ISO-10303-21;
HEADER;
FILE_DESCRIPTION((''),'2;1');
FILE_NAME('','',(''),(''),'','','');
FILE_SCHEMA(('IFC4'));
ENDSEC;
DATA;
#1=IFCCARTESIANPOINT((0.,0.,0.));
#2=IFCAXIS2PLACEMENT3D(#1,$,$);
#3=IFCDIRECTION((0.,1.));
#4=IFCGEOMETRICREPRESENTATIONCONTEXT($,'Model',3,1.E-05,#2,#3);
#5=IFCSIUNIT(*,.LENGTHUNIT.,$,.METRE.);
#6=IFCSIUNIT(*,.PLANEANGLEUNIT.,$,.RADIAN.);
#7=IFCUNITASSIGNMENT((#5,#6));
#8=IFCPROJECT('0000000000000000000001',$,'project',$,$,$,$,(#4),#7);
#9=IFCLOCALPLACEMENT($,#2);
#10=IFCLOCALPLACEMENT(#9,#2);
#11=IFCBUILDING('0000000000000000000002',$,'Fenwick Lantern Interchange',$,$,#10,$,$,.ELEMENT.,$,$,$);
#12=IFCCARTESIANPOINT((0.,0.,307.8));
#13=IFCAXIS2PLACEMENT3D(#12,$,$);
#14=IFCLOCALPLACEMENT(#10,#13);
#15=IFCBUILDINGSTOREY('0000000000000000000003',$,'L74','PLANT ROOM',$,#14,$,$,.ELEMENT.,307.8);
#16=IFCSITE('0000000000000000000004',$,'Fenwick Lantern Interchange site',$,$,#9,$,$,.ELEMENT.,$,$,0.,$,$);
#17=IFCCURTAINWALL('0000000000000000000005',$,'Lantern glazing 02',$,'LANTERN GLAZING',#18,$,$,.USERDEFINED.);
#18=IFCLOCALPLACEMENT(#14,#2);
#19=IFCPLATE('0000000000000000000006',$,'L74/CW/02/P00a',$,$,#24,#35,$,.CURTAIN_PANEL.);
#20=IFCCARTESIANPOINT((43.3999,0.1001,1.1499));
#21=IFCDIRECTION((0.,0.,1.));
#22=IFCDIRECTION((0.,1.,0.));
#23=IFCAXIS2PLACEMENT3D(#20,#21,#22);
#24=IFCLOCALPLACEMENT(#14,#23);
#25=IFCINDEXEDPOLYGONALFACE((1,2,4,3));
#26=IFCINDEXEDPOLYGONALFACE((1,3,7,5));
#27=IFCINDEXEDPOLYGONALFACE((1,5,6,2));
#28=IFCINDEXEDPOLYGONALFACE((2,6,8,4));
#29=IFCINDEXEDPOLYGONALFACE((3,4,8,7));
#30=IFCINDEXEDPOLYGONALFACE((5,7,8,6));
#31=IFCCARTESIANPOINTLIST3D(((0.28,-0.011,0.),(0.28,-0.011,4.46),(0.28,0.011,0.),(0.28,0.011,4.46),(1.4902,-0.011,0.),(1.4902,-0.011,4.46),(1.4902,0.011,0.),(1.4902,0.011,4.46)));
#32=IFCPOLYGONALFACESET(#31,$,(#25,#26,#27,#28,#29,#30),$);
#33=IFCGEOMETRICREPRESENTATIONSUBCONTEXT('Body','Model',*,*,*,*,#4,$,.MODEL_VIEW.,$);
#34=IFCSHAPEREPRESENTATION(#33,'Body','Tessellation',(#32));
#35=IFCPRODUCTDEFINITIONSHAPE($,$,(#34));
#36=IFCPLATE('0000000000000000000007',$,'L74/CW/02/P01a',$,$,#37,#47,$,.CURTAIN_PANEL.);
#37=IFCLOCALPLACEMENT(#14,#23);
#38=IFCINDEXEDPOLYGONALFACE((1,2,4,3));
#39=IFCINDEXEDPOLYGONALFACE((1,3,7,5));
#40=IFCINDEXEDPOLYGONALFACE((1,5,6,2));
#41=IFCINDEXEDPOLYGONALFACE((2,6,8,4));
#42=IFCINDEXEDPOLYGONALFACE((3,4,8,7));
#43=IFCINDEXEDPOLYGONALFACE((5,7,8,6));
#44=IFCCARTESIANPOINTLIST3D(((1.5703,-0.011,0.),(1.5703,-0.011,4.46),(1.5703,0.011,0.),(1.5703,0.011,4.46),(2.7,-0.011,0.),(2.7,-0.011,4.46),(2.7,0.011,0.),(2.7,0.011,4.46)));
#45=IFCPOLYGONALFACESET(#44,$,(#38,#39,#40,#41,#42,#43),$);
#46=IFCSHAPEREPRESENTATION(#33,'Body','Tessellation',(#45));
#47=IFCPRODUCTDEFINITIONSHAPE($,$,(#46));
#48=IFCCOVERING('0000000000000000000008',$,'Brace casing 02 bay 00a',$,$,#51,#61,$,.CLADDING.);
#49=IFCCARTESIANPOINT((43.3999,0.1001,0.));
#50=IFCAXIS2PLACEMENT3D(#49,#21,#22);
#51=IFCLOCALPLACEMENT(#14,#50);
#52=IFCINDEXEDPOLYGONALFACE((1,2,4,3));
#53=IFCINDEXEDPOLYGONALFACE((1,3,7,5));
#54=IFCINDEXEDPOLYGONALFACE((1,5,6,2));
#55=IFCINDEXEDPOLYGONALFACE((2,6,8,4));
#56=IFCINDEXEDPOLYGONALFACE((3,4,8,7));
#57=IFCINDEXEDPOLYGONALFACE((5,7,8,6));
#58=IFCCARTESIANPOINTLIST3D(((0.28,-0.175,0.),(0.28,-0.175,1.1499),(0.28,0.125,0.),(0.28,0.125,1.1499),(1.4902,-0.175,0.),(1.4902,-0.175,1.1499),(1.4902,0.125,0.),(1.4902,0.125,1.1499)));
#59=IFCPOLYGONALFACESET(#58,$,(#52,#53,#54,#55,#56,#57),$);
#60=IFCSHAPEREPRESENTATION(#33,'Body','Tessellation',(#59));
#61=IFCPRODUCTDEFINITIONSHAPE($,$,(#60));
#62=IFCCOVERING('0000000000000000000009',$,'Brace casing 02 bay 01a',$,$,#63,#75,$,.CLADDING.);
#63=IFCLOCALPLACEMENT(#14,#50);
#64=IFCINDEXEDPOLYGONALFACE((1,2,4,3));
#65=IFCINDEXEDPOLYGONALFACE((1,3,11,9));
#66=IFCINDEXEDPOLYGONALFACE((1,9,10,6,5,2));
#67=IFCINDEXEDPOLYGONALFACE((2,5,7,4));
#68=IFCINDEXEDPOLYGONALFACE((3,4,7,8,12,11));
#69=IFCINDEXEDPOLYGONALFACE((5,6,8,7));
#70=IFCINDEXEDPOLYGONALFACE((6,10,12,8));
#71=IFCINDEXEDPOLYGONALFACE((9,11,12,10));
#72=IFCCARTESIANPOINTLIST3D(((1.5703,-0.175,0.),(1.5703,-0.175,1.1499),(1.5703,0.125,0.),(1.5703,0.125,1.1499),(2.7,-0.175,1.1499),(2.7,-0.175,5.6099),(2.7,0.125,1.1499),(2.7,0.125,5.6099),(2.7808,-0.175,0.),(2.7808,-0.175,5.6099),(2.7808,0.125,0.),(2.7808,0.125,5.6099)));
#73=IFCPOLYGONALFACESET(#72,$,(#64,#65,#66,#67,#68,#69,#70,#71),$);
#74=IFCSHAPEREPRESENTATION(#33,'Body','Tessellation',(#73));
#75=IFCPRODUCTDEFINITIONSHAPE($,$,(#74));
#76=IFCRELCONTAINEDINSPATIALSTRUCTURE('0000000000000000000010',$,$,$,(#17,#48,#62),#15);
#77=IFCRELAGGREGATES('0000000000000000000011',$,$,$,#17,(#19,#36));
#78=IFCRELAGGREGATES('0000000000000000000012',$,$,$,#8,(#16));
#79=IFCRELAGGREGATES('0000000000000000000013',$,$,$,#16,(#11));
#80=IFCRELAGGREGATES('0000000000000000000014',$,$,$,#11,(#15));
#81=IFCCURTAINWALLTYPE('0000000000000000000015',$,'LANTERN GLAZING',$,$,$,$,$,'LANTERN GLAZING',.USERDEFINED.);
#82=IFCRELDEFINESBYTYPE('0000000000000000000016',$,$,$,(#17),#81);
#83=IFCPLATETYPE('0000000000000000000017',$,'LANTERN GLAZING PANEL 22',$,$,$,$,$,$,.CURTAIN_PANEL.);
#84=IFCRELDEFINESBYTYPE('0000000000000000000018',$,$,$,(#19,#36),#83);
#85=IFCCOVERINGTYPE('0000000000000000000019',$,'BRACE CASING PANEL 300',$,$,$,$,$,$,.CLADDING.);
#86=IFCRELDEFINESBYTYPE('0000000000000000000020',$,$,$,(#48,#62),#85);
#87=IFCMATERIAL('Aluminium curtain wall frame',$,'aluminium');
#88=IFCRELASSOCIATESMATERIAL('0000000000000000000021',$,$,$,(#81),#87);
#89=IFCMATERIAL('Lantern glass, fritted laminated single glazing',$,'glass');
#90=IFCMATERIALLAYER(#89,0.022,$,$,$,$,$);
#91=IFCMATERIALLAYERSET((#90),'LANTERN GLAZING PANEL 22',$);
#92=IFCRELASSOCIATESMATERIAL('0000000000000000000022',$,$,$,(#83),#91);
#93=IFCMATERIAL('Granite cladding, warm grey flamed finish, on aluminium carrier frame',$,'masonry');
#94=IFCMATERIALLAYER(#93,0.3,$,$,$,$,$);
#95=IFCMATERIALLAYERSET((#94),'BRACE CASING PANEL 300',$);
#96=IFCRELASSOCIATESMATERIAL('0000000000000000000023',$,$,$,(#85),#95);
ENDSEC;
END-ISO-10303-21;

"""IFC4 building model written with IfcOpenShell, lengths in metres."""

from ifc_helpers import new_model, si_unit, direction, frame, origin, place, context, subcontext, project, spatial, polyline, outline, extrude, material, layer, layer_set, type_object, element, aggregate, save


model = new_model("IFC4")

# Units and contexts
model_context = context("Model", 3, precision=1e-05, world=origin(), true_north=direction((0.0, 1.0)))
body_context = subcontext(model_context, "Body", "Model", "MODEL_VIEW")
ifc_project = project(units=[si_unit("LENGTHUNIT", "METRE"), si_unit("PLANEANGLEUNIT", "RADIAN")], contexts=[model_context])

# Site, building, storey
site_placement = place(None, origin())
site = spatial("IfcSite", under=ifc_project, at=site_placement, Name="Fenwick Lantern Interchange site", CompositionType="ELEMENT", RefElevation=0.0)
building_placement = place(site_placement, origin())
building = spatial("IfcBuilding", under=site, at=building_placement, Name="Fenwick Lantern Interchange", CompositionType="ELEMENT")
storey_placement = place(building_placement, frame((0.0, 0.0, 307.8)))
storey = spatial("IfcBuildingStorey", under=building, at=storey_placement, Name="L74", Description="PLANT ROOM", CompositionType="ELEMENT", Elevation=307.8)

# Shared definitions
ifc_material_1 = material(Name="Aluminium curtain wall frame", Category="aluminium")
curtain_wall_type = type_object("IfcCurtainWallType", Name="LANTERN GLAZING", ElementType="LANTERN GLAZING", PredefinedType="USERDEFINED", material=ifc_material_1)

# Curtain wall
curtain_wall_1_placement = place(storey_placement, origin())
curtain_wall_1 = element("IfcCurtainWall", 1, at=curtain_wall_1_placement, inside=storey, type_object=curtain_wall_type, Name="Lantern glazing 02", ObjectType="LANTERN GLAZING", PredefinedType="USERDEFINED")

# Plates
ifc_material_2 = material(Name="Lantern glass, fritted laminated single glazing", Category="glass")
ifc_layer_1 = layer(ifc_material_2, 0.022)
ifc_layer_set_1 = layer_set([ifc_layer_1], Name="LANTERN GLAZING PANEL 22")
plate_type = type_object("IfcPlateType", Name="LANTERN GLAZING PANEL 22", PredefinedType="CURTAIN_PANEL", material=ifc_layer_set_1)
plate_1_placement = place(storey_placement, frame((43.3999, 0.1001, 1.1499), z_axis=(0.0, 0.0, 1.0), x_axis=(0.0, 1.0, 0.0)))
plate_1 = element("IfcPlate", 2, at=plate_1_placement, type_object=plate_type, Name="L74/CW/02/P00a", PredefinedType="CURTAIN_PANEL", context=body_context, shape_type="SweptSolid", body=[
    extrude(outline(polyline([(0.28, 0.0), (1.4902, 0.0), (1.4902, 4.46), (0.28, 4.46), (0.28, 0.0)])), frame((0.0, 0.011, 0.0), z_axis=(0.0, -1.0, 0.0), x_axis=(1.0, 0.0, 0.0)), (0.0, 0.0, 1.0), 0.022),
])
plate_2_placement = place(storey_placement, frame((43.3999, 0.1001, 1.1499), z_axis=(0.0, 0.0, 1.0), x_axis=(0.0, 1.0, 0.0)))
plate_2 = element("IfcPlate", 3, at=plate_2_placement, type_object=plate_type, Name="L74/CW/02/P01a", PredefinedType="CURTAIN_PANEL", context=body_context, shape_type="SweptSolid", body=[
    extrude(outline(polyline([(1.5703, 0.0), (2.7, 0.0), (2.7, 4.46), (1.5703, 4.46), (1.5703, 0.0)])), frame((0.0, 0.011, 0.0), z_axis=(0.0, -1.0, 0.0), x_axis=(1.0, 0.0, 0.0)), (0.0, 0.0, 1.0), 0.022),
])
aggregate(curtain_wall_1, [plate_1, plate_2])

# Coverings
ifc_material_3 = material(Name="Granite cladding, warm grey flamed finish, on aluminium carrier frame", Category="masonry")
ifc_layer_2 = layer(ifc_material_3, 0.3)
ifc_layer_set_2 = layer_set([ifc_layer_2], Name="BRACE CASING PANEL 300")
covering_type = type_object("IfcCoveringType", Name="BRACE CASING PANEL 300", PredefinedType="CLADDING", material=ifc_layer_set_2)
covering_1_placement = place(storey_placement, frame((43.3999, 0.1001, 0.0), z_axis=(0.0, 0.0, 1.0), x_axis=(0.0, 1.0, 0.0)))
element("IfcCovering", 4, at=covering_1_placement, inside=storey, type_object=covering_type, Name="Brace casing 02 bay 00a", PredefinedType="CLADDING", context=body_context, shape_type="SweptSolid", body=[
    extrude(outline(polyline([(0.28, 0.0), (1.4902, 0.0), (1.4902, 1.1499), (0.28, 1.1499), (0.28, 0.0)])), frame((0.0, 0.125, 0.0), z_axis=(0.0, -1.0, 0.0), x_axis=(1.0, 0.0, 0.0)), (0.0, 0.0, 1.0), 0.3),
])
covering_2_placement = place(storey_placement, frame((43.3999, 0.1001, 0.0), z_axis=(0.0, 0.0, 1.0), x_axis=(0.0, 1.0, 0.0)))
element("IfcCovering", 5, at=covering_2_placement, inside=storey, type_object=covering_type, Name="Brace casing 02 bay 01a", PredefinedType="CLADDING", context=body_context, shape_type="SweptSolid", body=[
    extrude(outline(polyline([(1.5703, 0.0), (2.7808, 0.0), (2.7808, 5.6099), (2.7, 5.6099), (2.7, 1.1499), (1.5703, 1.1499), (1.5703, 0.0)])), frame((0.0, 0.125, 0.0), z_axis=(0.0, -1.0, 0.0), x_axis=(1.0, 0.0, 0.0)), (0.0, 0.0, 1.0), 0.3),
])

save(model, "model.ifc")
